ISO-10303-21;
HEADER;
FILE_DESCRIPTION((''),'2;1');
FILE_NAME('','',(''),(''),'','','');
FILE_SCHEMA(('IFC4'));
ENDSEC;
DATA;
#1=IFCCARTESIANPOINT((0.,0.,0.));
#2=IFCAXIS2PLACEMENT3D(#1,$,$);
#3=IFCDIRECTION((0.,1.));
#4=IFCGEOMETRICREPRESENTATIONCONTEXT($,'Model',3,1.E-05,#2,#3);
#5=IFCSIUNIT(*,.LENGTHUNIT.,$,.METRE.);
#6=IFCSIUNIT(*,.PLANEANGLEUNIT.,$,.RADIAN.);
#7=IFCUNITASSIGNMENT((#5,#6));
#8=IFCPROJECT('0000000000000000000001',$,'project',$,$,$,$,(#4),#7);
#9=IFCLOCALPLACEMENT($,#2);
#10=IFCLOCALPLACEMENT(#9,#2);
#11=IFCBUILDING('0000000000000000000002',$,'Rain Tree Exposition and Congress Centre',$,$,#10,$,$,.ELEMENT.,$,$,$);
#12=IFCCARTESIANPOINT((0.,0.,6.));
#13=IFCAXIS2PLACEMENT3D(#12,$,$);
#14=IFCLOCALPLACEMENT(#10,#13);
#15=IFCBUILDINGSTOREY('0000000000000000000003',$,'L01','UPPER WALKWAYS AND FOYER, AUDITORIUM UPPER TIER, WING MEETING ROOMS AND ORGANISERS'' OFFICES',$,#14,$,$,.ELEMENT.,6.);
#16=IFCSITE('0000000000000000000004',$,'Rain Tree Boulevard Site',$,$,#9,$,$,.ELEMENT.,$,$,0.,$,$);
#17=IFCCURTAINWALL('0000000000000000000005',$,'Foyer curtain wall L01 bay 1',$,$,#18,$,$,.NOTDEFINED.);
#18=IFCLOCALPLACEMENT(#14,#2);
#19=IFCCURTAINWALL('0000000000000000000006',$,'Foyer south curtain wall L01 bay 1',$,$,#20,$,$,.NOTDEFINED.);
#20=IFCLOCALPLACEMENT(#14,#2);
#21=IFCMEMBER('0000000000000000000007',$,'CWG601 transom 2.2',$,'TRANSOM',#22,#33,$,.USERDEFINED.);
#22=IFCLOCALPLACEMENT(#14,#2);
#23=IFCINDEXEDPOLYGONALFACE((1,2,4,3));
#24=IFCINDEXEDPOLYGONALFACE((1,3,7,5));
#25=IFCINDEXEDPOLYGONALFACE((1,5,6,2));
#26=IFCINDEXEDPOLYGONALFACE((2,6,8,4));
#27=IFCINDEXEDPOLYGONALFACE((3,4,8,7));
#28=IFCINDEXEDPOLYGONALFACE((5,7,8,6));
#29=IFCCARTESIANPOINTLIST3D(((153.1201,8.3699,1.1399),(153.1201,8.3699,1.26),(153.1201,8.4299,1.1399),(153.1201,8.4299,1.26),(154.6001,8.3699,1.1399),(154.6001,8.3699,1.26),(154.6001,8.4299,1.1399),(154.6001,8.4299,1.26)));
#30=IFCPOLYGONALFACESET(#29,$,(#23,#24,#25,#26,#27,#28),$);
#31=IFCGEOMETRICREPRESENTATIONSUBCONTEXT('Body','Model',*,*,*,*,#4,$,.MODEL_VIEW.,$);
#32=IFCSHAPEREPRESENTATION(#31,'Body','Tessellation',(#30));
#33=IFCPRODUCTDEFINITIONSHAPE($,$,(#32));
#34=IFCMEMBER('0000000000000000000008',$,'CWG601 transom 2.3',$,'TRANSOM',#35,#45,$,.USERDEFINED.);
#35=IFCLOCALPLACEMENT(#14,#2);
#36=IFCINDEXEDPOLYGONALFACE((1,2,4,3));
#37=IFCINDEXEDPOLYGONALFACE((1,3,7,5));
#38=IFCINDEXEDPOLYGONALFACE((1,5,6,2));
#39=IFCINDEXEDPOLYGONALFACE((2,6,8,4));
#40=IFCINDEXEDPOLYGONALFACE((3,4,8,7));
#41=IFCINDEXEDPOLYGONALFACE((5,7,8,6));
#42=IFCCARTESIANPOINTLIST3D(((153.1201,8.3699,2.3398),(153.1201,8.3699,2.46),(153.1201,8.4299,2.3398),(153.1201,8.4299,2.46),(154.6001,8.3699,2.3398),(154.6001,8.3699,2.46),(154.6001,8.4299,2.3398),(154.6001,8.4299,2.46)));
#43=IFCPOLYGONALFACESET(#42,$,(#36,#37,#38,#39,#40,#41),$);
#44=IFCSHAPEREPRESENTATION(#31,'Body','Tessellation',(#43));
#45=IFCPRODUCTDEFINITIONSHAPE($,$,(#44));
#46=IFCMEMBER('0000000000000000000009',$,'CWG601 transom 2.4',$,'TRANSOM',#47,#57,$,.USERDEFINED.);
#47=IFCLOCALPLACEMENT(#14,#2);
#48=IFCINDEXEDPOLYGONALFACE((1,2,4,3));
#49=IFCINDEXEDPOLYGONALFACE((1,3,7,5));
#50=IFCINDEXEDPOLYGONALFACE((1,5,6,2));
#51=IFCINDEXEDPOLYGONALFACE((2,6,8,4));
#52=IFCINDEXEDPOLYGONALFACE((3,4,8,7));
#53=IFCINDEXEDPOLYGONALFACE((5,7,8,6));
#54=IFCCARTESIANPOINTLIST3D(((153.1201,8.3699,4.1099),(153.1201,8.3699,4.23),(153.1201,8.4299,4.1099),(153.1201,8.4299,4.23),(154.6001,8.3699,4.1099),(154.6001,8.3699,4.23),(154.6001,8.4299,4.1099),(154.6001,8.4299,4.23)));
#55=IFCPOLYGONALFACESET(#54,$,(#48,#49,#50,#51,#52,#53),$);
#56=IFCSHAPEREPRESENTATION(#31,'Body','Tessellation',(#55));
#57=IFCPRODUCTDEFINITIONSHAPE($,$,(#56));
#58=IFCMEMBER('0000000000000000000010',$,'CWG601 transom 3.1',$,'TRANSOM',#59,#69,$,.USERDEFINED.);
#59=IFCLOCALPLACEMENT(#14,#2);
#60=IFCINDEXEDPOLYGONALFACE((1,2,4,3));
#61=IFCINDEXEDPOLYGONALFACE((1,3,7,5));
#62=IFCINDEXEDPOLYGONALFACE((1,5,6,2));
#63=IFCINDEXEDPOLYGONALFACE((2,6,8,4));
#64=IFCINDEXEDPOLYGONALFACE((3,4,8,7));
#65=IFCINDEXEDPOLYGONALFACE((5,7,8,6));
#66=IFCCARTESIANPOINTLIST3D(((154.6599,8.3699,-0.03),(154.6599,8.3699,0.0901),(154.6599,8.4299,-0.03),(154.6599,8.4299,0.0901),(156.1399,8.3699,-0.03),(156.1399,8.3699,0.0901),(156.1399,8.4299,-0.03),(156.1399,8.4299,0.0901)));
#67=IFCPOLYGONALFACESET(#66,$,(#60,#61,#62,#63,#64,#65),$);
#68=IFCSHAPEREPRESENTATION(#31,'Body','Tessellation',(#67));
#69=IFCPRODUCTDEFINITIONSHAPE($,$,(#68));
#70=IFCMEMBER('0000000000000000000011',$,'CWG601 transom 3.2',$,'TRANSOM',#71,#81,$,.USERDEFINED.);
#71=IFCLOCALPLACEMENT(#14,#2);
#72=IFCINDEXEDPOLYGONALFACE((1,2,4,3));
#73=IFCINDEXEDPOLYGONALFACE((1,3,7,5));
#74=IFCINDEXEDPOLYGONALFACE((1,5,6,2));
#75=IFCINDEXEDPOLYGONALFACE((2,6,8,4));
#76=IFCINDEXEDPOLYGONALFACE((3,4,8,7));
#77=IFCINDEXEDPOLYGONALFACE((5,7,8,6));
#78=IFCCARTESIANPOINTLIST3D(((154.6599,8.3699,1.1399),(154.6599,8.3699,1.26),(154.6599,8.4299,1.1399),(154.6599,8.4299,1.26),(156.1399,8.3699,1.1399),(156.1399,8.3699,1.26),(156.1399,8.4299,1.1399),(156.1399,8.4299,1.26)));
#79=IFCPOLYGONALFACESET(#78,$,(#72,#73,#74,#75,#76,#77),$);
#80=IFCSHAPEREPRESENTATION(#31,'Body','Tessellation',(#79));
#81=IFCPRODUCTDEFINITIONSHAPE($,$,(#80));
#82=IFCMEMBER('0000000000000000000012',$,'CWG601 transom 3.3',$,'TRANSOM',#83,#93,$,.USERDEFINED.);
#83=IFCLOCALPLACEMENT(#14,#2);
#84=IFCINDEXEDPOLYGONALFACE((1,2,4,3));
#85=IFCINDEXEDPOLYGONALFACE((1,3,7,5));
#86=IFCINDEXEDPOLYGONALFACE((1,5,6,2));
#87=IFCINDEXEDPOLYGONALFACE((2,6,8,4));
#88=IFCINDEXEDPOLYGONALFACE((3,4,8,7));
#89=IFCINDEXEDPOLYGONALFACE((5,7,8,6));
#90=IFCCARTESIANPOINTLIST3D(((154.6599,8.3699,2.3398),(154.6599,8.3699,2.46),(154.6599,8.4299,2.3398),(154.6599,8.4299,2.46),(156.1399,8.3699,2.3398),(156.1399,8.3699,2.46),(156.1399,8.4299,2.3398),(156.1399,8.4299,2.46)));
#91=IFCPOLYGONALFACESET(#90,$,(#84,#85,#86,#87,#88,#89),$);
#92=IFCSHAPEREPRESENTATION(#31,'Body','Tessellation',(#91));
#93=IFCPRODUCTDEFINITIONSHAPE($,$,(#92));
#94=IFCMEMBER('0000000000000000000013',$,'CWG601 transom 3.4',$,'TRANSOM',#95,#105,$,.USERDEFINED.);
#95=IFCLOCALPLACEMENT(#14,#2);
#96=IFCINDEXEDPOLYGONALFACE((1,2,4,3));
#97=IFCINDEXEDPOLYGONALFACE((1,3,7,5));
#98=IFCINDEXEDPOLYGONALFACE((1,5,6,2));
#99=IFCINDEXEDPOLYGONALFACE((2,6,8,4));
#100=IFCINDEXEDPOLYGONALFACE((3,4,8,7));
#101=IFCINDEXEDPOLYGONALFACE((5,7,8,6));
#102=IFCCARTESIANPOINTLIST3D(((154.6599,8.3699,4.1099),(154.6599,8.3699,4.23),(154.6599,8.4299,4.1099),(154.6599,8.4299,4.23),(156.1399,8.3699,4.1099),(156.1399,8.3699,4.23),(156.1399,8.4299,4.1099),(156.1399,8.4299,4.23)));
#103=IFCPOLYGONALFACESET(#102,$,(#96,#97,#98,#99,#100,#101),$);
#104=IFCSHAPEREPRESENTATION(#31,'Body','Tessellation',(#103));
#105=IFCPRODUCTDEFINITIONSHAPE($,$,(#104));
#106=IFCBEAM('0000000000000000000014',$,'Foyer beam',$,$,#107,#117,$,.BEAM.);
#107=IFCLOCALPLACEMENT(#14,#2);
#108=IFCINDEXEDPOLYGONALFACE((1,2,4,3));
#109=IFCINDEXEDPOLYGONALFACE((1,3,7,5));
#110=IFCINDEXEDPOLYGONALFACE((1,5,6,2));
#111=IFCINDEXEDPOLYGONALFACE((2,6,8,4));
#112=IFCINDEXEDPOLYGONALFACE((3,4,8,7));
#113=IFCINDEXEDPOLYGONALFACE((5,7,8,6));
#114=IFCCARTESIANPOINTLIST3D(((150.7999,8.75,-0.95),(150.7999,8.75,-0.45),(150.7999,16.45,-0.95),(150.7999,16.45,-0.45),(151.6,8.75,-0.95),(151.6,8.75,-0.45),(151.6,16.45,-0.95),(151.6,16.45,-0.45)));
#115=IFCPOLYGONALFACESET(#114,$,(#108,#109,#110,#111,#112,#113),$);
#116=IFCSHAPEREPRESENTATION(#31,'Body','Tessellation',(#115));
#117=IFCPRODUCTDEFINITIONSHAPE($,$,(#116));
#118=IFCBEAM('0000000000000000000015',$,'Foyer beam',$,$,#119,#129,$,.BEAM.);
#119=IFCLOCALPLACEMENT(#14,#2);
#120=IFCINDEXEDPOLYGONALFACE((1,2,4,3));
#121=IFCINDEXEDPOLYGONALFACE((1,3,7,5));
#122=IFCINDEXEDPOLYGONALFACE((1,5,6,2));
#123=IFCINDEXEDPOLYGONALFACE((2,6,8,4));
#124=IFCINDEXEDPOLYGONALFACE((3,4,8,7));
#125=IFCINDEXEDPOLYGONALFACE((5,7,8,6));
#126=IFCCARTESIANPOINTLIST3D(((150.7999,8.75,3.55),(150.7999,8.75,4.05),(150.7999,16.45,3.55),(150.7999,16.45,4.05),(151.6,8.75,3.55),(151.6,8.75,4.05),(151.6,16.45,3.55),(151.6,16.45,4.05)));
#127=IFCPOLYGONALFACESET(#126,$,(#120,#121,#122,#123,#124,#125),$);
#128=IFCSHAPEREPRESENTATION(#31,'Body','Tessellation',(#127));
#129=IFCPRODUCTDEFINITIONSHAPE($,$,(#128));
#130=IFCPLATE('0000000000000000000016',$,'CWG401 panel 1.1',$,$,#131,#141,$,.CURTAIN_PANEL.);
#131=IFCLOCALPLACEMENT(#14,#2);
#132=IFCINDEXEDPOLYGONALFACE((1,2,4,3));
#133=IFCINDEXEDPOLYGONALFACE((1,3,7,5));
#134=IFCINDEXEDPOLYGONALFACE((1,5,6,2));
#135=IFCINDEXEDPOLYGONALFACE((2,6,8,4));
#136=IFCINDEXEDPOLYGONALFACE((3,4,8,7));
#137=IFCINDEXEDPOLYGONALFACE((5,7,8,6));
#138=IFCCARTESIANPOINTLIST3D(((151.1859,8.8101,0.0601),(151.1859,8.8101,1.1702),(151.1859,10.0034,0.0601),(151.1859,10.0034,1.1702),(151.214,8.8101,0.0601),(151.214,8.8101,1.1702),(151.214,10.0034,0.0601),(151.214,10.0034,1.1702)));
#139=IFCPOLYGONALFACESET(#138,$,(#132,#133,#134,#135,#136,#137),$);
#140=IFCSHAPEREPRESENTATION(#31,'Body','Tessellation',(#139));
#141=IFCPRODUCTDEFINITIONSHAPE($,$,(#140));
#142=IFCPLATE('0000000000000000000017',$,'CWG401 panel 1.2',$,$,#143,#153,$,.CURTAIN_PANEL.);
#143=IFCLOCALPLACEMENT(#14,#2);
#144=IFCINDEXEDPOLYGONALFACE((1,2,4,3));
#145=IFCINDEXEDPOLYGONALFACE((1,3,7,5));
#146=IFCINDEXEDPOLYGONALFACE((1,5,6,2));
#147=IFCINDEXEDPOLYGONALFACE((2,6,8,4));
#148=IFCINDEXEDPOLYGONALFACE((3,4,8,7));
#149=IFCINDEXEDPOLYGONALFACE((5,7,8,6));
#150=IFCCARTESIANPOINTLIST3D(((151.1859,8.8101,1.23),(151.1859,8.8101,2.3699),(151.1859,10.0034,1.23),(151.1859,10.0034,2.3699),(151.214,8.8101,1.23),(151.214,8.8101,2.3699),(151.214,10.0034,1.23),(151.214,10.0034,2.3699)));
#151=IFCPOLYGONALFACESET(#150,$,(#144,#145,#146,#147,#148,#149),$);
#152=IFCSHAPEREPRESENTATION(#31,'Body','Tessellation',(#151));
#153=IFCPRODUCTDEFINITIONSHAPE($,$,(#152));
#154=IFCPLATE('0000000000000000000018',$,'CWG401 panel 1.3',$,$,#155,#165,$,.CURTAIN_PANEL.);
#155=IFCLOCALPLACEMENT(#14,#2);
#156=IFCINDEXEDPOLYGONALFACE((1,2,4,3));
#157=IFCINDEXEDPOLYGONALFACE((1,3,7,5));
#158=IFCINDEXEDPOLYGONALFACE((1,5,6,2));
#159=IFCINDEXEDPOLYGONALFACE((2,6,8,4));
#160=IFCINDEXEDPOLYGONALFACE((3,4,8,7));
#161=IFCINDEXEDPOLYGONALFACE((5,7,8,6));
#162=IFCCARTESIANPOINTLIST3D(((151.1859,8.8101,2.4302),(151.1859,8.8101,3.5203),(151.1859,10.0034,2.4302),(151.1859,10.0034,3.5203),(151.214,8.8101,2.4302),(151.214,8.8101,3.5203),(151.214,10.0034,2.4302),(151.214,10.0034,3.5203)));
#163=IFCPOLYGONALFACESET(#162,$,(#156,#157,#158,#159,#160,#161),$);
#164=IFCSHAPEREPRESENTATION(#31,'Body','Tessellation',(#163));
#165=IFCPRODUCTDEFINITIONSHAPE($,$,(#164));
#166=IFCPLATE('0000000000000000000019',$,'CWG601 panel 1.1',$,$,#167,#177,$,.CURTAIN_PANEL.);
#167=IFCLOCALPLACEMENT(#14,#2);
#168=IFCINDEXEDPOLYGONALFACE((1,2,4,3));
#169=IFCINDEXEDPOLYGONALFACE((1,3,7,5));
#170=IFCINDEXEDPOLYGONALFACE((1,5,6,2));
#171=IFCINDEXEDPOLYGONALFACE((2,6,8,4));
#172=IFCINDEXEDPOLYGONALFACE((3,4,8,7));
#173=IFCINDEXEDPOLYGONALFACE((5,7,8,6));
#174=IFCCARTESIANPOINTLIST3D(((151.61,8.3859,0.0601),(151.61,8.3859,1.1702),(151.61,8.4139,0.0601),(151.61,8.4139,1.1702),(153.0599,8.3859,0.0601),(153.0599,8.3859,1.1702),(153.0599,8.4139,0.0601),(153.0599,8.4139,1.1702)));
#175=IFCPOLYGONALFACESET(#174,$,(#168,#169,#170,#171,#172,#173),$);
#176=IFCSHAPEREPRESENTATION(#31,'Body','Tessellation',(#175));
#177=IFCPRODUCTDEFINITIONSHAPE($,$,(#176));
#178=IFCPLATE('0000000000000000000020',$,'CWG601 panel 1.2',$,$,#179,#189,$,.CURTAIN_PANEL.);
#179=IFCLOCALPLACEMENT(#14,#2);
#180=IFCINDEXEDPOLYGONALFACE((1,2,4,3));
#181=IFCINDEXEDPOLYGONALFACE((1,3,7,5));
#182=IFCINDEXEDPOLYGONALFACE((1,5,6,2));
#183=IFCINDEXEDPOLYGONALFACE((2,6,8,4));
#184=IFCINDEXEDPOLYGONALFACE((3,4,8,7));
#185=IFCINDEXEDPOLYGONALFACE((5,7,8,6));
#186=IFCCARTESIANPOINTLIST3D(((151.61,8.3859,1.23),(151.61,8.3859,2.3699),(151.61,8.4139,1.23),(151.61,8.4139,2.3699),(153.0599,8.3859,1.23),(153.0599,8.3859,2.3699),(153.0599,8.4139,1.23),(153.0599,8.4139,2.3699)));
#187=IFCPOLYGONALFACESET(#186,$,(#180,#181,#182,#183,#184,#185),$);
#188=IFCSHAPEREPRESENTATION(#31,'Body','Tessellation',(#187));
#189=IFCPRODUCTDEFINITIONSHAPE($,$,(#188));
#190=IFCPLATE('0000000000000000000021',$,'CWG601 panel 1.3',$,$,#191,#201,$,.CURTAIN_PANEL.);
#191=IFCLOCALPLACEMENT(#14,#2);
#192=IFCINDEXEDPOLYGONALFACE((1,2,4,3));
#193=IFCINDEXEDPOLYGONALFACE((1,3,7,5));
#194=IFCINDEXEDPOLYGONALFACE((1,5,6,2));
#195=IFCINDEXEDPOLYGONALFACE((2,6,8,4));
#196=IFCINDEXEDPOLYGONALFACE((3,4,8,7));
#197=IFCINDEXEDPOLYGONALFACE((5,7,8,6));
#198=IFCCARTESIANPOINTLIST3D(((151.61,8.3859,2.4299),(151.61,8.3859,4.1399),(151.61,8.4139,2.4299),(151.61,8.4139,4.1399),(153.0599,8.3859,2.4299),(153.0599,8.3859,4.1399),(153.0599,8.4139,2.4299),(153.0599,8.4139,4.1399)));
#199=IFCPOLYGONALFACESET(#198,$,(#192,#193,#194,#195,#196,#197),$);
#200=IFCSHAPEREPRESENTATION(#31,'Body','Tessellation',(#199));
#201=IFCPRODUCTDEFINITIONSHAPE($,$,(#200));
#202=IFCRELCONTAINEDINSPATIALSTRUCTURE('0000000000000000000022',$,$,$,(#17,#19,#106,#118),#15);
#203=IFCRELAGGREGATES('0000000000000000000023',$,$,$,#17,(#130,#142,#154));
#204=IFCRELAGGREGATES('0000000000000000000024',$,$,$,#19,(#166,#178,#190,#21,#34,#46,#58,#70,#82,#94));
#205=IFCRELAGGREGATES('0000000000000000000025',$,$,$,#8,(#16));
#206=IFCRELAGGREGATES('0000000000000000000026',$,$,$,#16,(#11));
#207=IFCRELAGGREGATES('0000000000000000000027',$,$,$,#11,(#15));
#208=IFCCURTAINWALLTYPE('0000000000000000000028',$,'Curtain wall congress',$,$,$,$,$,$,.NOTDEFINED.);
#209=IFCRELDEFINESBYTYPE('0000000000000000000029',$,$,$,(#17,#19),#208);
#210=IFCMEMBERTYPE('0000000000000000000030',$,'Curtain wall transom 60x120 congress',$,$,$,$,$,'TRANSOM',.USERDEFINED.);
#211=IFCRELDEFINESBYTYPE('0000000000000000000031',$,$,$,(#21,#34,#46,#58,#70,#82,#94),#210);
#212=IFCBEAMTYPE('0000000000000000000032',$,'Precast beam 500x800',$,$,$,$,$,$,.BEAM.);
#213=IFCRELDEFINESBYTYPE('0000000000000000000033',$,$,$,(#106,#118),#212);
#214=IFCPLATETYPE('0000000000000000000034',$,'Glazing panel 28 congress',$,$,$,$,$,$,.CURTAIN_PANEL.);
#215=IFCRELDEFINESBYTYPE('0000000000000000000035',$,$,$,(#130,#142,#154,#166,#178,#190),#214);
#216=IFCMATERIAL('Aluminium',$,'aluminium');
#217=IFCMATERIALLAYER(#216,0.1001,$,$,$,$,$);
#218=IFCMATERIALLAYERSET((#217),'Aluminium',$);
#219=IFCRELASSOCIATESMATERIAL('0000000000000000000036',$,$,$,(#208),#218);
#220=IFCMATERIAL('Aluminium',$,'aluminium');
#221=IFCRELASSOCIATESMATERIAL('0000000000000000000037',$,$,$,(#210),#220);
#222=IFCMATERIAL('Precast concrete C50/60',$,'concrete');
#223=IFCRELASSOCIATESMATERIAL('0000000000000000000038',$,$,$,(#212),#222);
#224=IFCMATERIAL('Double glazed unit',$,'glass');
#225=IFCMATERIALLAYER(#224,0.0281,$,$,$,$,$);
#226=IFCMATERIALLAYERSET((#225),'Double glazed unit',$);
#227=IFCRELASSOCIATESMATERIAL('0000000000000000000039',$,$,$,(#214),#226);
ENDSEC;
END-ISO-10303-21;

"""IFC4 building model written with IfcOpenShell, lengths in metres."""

from ifc_helpers import new_model, si_unit, direction, frame, origin, origin_2d, place, context, subcontext, project, spatial, rectangle, extrude, material, layer, layer_set, material_profile, profile_set, type_object, element, aggregate, save


model = new_model("IFC4")

# Units and contexts
model_context = context("Model", 3, precision=1e-05, world=origin(), true_north=direction((0.0, 1.0)))
body_context = subcontext(model_context, "Body", "Model", "MODEL_VIEW")
ifc_project = project(units=[si_unit("LENGTHUNIT", "METRE"), si_unit("PLANEANGLEUNIT", "RADIAN")], contexts=[model_context])

# Site, building, storey
site_placement = place(None, origin())
site = spatial("IfcSite", under=ifc_project, at=site_placement, Name="Rain Tree Boulevard Site", CompositionType="ELEMENT", RefElevation=0.0)
building_placement = place(site_placement, origin())
building = spatial("IfcBuilding", under=site, at=building_placement, Name="Rain Tree Exposition and Congress Centre", CompositionType="ELEMENT")
storey_placement = place(building_placement, frame((0.0, 0.0, 6.0)))
storey = spatial("IfcBuildingStorey", under=building, at=storey_placement, Name="L01", Description="UPPER WALKWAYS AND FOYER, AUDITORIUM UPPER TIER, WING MEETING ROOMS AND ORGANISERS' OFFICES", CompositionType="ELEMENT", Elevation=6.0)

# Curtain wall
ifc_material_1 = material(Name="Aluminium", Category="aluminium")
ifc_layer_1 = layer(ifc_material_1, 0.1001)
ifc_layer_set_1 = layer_set([ifc_layer_1], Name="Aluminium")
curtain_wall_type = type_object("IfcCurtainWallType", Name="Curtain wall congress", PredefinedType="NOTDEFINED", material=ifc_layer_set_1)
curtain_wall_1_placement = place(storey_placement, origin())
curtain_wall_1 = element("IfcCurtainWall", 1, at=curtain_wall_1_placement, inside=storey, type_object=curtain_wall_type, Name="Foyer curtain wall L01 bay 1", PredefinedType="NOTDEFINED")

# Curtain wall
curtain_wall_2_placement = place(storey_placement, origin())
curtain_wall_2 = element("IfcCurtainWall", 2, at=curtain_wall_2_placement, inside=storey, type_object=curtain_wall_type, Name="Foyer south curtain wall L01 bay 1", PredefinedType="NOTDEFINED")

# Members
ifc_material_2 = material(Name="Aluminium", Category="aluminium")
ifc_material_profile_1 = material_profile(ifc_material_2, rectangle(XDim=0.0601, YDim=0.1201, at=origin_2d()), Name="AL 60x120")
ifc_profile_set_1 = profile_set([ifc_material_profile_1], Name="Aluminium")
member_type_1 = type_object("IfcMemberType", Name="Curtain wall transom 60x120 congress", ElementType="TRANSOM", PredefinedType="USERDEFINED", material=ifc_profile_set_1)
member_1_placement = place(storey_placement, frame((153.1201, 8.3999, 1.2), z_axis=(1.0, 0.0, 0.0), x_axis=(0.0, 1.0, 0.0)))
member_1 = element("IfcMember", 3, at=member_1_placement, type_object=member_type_1, Name="CWG601 transom 2.2", ObjectType="TRANSOM", PredefinedType="USERDEFINED", context=body_context, shape_type="SweptSolid", body=[
    extrude(rectangle(XDim=0.0601, YDim=0.1201, at=origin_2d()), origin(), (0.0, 0.0, 1.0), 1.48),
])
member_2_placement = place(storey_placement, frame((153.1201, 8.3999, 2.3999), z_axis=(1.0, 0.0, 0.0), x_axis=(0.0, 1.0, 0.0)))
member_2 = element("IfcMember", 4, at=member_2_placement, type_object=member_type_1, Name="CWG601 transom 2.3", ObjectType="TRANSOM", PredefinedType="USERDEFINED", context=body_context, shape_type="SweptSolid", body=[
    extrude(rectangle(XDim=0.0601, YDim=0.1201, at=origin_2d()), origin(), (0.0, 0.0, 1.0), 1.48),
])
member_3_placement = place(storey_placement, frame((153.1201, 8.3999, 4.1699), z_axis=(1.0, 0.0, 0.0), x_axis=(0.0, 1.0, 0.0)))
member_3 = element("IfcMember", 5, at=member_3_placement, type_object=member_type_1, Name="CWG601 transom 2.4", ObjectType="TRANSOM", PredefinedType="USERDEFINED", context=body_context, shape_type="SweptSolid", body=[
    extrude(rectangle(XDim=0.0601, YDim=0.1201, at=origin_2d()), origin(), (0.0, 0.0, 1.0), 1.48),
])
member_4_placement = place(storey_placement, frame((154.6599, 8.3999, 0.03), z_axis=(1.0, 0.0, 0.0), x_axis=(0.0, 1.0, 0.0)))
member_4 = element("IfcMember", 6, at=member_4_placement, type_object=member_type_1, Name="CWG601 transom 3.1", ObjectType="TRANSOM", PredefinedType="USERDEFINED", context=body_context, shape_type="SweptSolid", body=[
    extrude(rectangle(XDim=0.0601, YDim=0.1201, at=origin_2d()), origin(), (0.0, 0.0, 1.0), 1.48),
])
member_5_placement = place(storey_placement, frame((154.6599, 8.3999, 1.2), z_axis=(1.0, 0.0, 0.0), x_axis=(0.0, 1.0, 0.0)))
member_5 = element("IfcMember", 7, at=member_5_placement, type_object=member_type_1, Name="CWG601 transom 3.2", ObjectType="TRANSOM", PredefinedType="USERDEFINED", context=body_context, shape_type="SweptSolid", body=[
    extrude(rectangle(XDim=0.0601, YDim=0.1201, at=origin_2d()), origin(), (0.0, 0.0, 1.0), 1.48),
])
member_6_placement = place(storey_placement, frame((154.6599, 8.3999, 2.3999), z_axis=(1.0, 0.0, 0.0), x_axis=(0.0, 1.0, 0.0)))
member_6 = element("IfcMember", 8, at=member_6_placement, type_object=member_type_1, Name="CWG601 transom 3.3", ObjectType="TRANSOM", PredefinedType="USERDEFINED", context=body_context, shape_type="SweptSolid", body=[
    extrude(rectangle(XDim=0.0601, YDim=0.1201, at=origin_2d()), origin(), (0.0, 0.0, 1.0), 1.48),
])
member_7_placement = place(storey_placement, frame((154.6599, 8.3999, 4.1699), z_axis=(1.0, 0.0, 0.0), x_axis=(0.0, 1.0, 0.0)))
member_7 = element("IfcMember", 9, at=member_7_placement, type_object=member_type_1, Name="CWG601 transom 3.4", ObjectType="TRANSOM", PredefinedType="USERDEFINED", context=body_context, shape_type="SweptSolid", body=[
    extrude(rectangle(XDim=0.0601, YDim=0.1201, at=origin_2d()), origin(), (0.0, 0.0, 1.0), 1.48),
])

# Beams
ifc_material_3 = material(Name="Precast concrete C50/60", Category="concrete")
ifc_material_profile_2 = material_profile(ifc_material_3, rectangle(XDim=0.5, YDim=0.8, at=origin_2d()), Name="RC 500x800")
ifc_profile_set_2 = profile_set([ifc_material_profile_2], Name="Precast concrete C50/60")
beam_type = type_object("IfcBeamType", Name="Precast beam 500x800", PredefinedType="BEAM", material=ifc_profile_set_2)
for number, where, z_axis, x_axis, name in (
    (10, (151.2, 8.75, -0.7), (0.0, 1.0, 0.0), (0.0, 0.0, 1.0), "Foyer beam"),
    (11, (151.2, 8.75, 3.8), (0.0, 1.0, 0.0), (0.0, 0.0, 1.0), "Foyer beam"),
):
    element("IfcBeam", number, at=place(storey_placement, frame(where, z_axis=z_axis, x_axis=x_axis)), inside=storey, type_object=beam_type, Name=name, PredefinedType="BEAM", context=body_context, shape_type="SweptSolid", body=[
        extrude(rectangle(XDim=0.5, YDim=0.8, at=origin_2d()), origin(), (0.0, 0.0, 1.0), 7.7),
    ])

# Plates
ifc_material_4 = material(Name="Double glazed unit", Category="glass")
ifc_layer_2 = layer(ifc_material_4, 0.0281)
ifc_layer_set_2 = layer_set([ifc_layer_2], Name="Double glazed unit")
plate_type = type_object("IfcPlateType", Name="Glazing panel 28 congress", PredefinedType="CURTAIN_PANEL", material=ifc_layer_set_2)
plate_1_placement = place(storey_placement, frame((151.2, 9.4067, 0.0601), z_axis=(0.0, 0.0, 1.0), x_axis=(0.0, 1.0, 0.0)))
plate_1 = element("IfcPlate", 12, at=plate_1_placement, type_object=plate_type, Name="CWG401 panel 1.1", PredefinedType="CURTAIN_PANEL", context=body_context, shape_type="SweptSolid", body=[
    extrude(rectangle(XDim=1.1934, YDim=0.0281, at=origin_2d()), origin(), (0.0, 0.0, 1.0), 1.1101),
])
plate_2_placement = place(storey_placement, frame((151.2, 9.4067, 1.23), z_axis=(0.0, 0.0, 1.0), x_axis=(0.0, 1.0, 0.0)))
plate_2 = element("IfcPlate", 13, at=plate_2_placement, type_object=plate_type, Name="CWG401 panel 1.2", PredefinedType="CURTAIN_PANEL", context=body_context, shape_type="SweptSolid", body=[
    extrude(rectangle(XDim=1.1934, YDim=0.0281, at=origin_2d()), origin(), (0.0, 0.0, 1.0), 1.1399),
])
plate_3_placement = place(storey_placement, frame((151.2, 9.4067, 2.4302), z_axis=(0.0, 0.0, 1.0), x_axis=(0.0, 1.0, 0.0)))
plate_3 = element("IfcPlate", 14, at=plate_3_placement, type_object=plate_type, Name="CWG401 panel 1.3", PredefinedType="CURTAIN_PANEL", context=body_context, shape_type="SweptSolid", body=[
    extrude(rectangle(XDim=1.1934, YDim=0.0281, at=origin_2d()), origin(), (0.0, 0.0, 1.0), 1.0901),
])
aggregate(curtain_wall_1, [plate_1, plate_2, plate_3])
plate_4_placement = place(storey_placement, frame((152.335, 8.3999, 0.0601), z_axis=(0.0, 0.0, 1.0), x_axis=(1.0, 0.0, 0.0)))
plate_4 = element("IfcPlate", 15, at=plate_4_placement, type_object=plate_type, Name="CWG601 panel 1.1", PredefinedType="CURTAIN_PANEL", context=body_context, shape_type="SweptSolid", body=[
    extrude(rectangle(XDim=1.45, YDim=0.0281, at=origin_2d()), origin(), (0.0, 0.0, 1.0), 1.1101),
])
plate_5_placement = place(storey_placement, frame((152.335, 8.3999, 1.23), z_axis=(0.0, 0.0, 1.0), x_axis=(1.0, 0.0, 0.0)))
plate_5 = element("IfcPlate", 16, at=plate_5_placement, type_object=plate_type, Name="CWG601 panel 1.2", PredefinedType="CURTAIN_PANEL", context=body_context, shape_type="SweptSolid", body=[
    extrude(rectangle(XDim=1.45, YDim=0.0281, at=origin_2d()), origin(), (0.0, 0.0, 1.0), 1.1399),
])
plate_6_placement = place(storey_placement, frame((152.335, 8.3999, 2.4299), z_axis=(0.0, 0.0, 1.0), x_axis=(1.0, 0.0, 0.0)))
plate_6 = element("IfcPlate", 17, at=plate_6_placement, type_object=plate_type, Name="CWG601 panel 1.3", PredefinedType="CURTAIN_PANEL", context=body_context, shape_type="SweptSolid", body=[
    extrude(rectangle(XDim=1.45, YDim=0.0281, at=origin_2d()), origin(), (0.0, 0.0, 1.0), 1.71),
])
aggregate(curtain_wall_2, [plate_4, plate_5, plate_6, member_1, member_2, member_3, member_4, member_5, member_6, member_7])

save(model, "model.ifc")
